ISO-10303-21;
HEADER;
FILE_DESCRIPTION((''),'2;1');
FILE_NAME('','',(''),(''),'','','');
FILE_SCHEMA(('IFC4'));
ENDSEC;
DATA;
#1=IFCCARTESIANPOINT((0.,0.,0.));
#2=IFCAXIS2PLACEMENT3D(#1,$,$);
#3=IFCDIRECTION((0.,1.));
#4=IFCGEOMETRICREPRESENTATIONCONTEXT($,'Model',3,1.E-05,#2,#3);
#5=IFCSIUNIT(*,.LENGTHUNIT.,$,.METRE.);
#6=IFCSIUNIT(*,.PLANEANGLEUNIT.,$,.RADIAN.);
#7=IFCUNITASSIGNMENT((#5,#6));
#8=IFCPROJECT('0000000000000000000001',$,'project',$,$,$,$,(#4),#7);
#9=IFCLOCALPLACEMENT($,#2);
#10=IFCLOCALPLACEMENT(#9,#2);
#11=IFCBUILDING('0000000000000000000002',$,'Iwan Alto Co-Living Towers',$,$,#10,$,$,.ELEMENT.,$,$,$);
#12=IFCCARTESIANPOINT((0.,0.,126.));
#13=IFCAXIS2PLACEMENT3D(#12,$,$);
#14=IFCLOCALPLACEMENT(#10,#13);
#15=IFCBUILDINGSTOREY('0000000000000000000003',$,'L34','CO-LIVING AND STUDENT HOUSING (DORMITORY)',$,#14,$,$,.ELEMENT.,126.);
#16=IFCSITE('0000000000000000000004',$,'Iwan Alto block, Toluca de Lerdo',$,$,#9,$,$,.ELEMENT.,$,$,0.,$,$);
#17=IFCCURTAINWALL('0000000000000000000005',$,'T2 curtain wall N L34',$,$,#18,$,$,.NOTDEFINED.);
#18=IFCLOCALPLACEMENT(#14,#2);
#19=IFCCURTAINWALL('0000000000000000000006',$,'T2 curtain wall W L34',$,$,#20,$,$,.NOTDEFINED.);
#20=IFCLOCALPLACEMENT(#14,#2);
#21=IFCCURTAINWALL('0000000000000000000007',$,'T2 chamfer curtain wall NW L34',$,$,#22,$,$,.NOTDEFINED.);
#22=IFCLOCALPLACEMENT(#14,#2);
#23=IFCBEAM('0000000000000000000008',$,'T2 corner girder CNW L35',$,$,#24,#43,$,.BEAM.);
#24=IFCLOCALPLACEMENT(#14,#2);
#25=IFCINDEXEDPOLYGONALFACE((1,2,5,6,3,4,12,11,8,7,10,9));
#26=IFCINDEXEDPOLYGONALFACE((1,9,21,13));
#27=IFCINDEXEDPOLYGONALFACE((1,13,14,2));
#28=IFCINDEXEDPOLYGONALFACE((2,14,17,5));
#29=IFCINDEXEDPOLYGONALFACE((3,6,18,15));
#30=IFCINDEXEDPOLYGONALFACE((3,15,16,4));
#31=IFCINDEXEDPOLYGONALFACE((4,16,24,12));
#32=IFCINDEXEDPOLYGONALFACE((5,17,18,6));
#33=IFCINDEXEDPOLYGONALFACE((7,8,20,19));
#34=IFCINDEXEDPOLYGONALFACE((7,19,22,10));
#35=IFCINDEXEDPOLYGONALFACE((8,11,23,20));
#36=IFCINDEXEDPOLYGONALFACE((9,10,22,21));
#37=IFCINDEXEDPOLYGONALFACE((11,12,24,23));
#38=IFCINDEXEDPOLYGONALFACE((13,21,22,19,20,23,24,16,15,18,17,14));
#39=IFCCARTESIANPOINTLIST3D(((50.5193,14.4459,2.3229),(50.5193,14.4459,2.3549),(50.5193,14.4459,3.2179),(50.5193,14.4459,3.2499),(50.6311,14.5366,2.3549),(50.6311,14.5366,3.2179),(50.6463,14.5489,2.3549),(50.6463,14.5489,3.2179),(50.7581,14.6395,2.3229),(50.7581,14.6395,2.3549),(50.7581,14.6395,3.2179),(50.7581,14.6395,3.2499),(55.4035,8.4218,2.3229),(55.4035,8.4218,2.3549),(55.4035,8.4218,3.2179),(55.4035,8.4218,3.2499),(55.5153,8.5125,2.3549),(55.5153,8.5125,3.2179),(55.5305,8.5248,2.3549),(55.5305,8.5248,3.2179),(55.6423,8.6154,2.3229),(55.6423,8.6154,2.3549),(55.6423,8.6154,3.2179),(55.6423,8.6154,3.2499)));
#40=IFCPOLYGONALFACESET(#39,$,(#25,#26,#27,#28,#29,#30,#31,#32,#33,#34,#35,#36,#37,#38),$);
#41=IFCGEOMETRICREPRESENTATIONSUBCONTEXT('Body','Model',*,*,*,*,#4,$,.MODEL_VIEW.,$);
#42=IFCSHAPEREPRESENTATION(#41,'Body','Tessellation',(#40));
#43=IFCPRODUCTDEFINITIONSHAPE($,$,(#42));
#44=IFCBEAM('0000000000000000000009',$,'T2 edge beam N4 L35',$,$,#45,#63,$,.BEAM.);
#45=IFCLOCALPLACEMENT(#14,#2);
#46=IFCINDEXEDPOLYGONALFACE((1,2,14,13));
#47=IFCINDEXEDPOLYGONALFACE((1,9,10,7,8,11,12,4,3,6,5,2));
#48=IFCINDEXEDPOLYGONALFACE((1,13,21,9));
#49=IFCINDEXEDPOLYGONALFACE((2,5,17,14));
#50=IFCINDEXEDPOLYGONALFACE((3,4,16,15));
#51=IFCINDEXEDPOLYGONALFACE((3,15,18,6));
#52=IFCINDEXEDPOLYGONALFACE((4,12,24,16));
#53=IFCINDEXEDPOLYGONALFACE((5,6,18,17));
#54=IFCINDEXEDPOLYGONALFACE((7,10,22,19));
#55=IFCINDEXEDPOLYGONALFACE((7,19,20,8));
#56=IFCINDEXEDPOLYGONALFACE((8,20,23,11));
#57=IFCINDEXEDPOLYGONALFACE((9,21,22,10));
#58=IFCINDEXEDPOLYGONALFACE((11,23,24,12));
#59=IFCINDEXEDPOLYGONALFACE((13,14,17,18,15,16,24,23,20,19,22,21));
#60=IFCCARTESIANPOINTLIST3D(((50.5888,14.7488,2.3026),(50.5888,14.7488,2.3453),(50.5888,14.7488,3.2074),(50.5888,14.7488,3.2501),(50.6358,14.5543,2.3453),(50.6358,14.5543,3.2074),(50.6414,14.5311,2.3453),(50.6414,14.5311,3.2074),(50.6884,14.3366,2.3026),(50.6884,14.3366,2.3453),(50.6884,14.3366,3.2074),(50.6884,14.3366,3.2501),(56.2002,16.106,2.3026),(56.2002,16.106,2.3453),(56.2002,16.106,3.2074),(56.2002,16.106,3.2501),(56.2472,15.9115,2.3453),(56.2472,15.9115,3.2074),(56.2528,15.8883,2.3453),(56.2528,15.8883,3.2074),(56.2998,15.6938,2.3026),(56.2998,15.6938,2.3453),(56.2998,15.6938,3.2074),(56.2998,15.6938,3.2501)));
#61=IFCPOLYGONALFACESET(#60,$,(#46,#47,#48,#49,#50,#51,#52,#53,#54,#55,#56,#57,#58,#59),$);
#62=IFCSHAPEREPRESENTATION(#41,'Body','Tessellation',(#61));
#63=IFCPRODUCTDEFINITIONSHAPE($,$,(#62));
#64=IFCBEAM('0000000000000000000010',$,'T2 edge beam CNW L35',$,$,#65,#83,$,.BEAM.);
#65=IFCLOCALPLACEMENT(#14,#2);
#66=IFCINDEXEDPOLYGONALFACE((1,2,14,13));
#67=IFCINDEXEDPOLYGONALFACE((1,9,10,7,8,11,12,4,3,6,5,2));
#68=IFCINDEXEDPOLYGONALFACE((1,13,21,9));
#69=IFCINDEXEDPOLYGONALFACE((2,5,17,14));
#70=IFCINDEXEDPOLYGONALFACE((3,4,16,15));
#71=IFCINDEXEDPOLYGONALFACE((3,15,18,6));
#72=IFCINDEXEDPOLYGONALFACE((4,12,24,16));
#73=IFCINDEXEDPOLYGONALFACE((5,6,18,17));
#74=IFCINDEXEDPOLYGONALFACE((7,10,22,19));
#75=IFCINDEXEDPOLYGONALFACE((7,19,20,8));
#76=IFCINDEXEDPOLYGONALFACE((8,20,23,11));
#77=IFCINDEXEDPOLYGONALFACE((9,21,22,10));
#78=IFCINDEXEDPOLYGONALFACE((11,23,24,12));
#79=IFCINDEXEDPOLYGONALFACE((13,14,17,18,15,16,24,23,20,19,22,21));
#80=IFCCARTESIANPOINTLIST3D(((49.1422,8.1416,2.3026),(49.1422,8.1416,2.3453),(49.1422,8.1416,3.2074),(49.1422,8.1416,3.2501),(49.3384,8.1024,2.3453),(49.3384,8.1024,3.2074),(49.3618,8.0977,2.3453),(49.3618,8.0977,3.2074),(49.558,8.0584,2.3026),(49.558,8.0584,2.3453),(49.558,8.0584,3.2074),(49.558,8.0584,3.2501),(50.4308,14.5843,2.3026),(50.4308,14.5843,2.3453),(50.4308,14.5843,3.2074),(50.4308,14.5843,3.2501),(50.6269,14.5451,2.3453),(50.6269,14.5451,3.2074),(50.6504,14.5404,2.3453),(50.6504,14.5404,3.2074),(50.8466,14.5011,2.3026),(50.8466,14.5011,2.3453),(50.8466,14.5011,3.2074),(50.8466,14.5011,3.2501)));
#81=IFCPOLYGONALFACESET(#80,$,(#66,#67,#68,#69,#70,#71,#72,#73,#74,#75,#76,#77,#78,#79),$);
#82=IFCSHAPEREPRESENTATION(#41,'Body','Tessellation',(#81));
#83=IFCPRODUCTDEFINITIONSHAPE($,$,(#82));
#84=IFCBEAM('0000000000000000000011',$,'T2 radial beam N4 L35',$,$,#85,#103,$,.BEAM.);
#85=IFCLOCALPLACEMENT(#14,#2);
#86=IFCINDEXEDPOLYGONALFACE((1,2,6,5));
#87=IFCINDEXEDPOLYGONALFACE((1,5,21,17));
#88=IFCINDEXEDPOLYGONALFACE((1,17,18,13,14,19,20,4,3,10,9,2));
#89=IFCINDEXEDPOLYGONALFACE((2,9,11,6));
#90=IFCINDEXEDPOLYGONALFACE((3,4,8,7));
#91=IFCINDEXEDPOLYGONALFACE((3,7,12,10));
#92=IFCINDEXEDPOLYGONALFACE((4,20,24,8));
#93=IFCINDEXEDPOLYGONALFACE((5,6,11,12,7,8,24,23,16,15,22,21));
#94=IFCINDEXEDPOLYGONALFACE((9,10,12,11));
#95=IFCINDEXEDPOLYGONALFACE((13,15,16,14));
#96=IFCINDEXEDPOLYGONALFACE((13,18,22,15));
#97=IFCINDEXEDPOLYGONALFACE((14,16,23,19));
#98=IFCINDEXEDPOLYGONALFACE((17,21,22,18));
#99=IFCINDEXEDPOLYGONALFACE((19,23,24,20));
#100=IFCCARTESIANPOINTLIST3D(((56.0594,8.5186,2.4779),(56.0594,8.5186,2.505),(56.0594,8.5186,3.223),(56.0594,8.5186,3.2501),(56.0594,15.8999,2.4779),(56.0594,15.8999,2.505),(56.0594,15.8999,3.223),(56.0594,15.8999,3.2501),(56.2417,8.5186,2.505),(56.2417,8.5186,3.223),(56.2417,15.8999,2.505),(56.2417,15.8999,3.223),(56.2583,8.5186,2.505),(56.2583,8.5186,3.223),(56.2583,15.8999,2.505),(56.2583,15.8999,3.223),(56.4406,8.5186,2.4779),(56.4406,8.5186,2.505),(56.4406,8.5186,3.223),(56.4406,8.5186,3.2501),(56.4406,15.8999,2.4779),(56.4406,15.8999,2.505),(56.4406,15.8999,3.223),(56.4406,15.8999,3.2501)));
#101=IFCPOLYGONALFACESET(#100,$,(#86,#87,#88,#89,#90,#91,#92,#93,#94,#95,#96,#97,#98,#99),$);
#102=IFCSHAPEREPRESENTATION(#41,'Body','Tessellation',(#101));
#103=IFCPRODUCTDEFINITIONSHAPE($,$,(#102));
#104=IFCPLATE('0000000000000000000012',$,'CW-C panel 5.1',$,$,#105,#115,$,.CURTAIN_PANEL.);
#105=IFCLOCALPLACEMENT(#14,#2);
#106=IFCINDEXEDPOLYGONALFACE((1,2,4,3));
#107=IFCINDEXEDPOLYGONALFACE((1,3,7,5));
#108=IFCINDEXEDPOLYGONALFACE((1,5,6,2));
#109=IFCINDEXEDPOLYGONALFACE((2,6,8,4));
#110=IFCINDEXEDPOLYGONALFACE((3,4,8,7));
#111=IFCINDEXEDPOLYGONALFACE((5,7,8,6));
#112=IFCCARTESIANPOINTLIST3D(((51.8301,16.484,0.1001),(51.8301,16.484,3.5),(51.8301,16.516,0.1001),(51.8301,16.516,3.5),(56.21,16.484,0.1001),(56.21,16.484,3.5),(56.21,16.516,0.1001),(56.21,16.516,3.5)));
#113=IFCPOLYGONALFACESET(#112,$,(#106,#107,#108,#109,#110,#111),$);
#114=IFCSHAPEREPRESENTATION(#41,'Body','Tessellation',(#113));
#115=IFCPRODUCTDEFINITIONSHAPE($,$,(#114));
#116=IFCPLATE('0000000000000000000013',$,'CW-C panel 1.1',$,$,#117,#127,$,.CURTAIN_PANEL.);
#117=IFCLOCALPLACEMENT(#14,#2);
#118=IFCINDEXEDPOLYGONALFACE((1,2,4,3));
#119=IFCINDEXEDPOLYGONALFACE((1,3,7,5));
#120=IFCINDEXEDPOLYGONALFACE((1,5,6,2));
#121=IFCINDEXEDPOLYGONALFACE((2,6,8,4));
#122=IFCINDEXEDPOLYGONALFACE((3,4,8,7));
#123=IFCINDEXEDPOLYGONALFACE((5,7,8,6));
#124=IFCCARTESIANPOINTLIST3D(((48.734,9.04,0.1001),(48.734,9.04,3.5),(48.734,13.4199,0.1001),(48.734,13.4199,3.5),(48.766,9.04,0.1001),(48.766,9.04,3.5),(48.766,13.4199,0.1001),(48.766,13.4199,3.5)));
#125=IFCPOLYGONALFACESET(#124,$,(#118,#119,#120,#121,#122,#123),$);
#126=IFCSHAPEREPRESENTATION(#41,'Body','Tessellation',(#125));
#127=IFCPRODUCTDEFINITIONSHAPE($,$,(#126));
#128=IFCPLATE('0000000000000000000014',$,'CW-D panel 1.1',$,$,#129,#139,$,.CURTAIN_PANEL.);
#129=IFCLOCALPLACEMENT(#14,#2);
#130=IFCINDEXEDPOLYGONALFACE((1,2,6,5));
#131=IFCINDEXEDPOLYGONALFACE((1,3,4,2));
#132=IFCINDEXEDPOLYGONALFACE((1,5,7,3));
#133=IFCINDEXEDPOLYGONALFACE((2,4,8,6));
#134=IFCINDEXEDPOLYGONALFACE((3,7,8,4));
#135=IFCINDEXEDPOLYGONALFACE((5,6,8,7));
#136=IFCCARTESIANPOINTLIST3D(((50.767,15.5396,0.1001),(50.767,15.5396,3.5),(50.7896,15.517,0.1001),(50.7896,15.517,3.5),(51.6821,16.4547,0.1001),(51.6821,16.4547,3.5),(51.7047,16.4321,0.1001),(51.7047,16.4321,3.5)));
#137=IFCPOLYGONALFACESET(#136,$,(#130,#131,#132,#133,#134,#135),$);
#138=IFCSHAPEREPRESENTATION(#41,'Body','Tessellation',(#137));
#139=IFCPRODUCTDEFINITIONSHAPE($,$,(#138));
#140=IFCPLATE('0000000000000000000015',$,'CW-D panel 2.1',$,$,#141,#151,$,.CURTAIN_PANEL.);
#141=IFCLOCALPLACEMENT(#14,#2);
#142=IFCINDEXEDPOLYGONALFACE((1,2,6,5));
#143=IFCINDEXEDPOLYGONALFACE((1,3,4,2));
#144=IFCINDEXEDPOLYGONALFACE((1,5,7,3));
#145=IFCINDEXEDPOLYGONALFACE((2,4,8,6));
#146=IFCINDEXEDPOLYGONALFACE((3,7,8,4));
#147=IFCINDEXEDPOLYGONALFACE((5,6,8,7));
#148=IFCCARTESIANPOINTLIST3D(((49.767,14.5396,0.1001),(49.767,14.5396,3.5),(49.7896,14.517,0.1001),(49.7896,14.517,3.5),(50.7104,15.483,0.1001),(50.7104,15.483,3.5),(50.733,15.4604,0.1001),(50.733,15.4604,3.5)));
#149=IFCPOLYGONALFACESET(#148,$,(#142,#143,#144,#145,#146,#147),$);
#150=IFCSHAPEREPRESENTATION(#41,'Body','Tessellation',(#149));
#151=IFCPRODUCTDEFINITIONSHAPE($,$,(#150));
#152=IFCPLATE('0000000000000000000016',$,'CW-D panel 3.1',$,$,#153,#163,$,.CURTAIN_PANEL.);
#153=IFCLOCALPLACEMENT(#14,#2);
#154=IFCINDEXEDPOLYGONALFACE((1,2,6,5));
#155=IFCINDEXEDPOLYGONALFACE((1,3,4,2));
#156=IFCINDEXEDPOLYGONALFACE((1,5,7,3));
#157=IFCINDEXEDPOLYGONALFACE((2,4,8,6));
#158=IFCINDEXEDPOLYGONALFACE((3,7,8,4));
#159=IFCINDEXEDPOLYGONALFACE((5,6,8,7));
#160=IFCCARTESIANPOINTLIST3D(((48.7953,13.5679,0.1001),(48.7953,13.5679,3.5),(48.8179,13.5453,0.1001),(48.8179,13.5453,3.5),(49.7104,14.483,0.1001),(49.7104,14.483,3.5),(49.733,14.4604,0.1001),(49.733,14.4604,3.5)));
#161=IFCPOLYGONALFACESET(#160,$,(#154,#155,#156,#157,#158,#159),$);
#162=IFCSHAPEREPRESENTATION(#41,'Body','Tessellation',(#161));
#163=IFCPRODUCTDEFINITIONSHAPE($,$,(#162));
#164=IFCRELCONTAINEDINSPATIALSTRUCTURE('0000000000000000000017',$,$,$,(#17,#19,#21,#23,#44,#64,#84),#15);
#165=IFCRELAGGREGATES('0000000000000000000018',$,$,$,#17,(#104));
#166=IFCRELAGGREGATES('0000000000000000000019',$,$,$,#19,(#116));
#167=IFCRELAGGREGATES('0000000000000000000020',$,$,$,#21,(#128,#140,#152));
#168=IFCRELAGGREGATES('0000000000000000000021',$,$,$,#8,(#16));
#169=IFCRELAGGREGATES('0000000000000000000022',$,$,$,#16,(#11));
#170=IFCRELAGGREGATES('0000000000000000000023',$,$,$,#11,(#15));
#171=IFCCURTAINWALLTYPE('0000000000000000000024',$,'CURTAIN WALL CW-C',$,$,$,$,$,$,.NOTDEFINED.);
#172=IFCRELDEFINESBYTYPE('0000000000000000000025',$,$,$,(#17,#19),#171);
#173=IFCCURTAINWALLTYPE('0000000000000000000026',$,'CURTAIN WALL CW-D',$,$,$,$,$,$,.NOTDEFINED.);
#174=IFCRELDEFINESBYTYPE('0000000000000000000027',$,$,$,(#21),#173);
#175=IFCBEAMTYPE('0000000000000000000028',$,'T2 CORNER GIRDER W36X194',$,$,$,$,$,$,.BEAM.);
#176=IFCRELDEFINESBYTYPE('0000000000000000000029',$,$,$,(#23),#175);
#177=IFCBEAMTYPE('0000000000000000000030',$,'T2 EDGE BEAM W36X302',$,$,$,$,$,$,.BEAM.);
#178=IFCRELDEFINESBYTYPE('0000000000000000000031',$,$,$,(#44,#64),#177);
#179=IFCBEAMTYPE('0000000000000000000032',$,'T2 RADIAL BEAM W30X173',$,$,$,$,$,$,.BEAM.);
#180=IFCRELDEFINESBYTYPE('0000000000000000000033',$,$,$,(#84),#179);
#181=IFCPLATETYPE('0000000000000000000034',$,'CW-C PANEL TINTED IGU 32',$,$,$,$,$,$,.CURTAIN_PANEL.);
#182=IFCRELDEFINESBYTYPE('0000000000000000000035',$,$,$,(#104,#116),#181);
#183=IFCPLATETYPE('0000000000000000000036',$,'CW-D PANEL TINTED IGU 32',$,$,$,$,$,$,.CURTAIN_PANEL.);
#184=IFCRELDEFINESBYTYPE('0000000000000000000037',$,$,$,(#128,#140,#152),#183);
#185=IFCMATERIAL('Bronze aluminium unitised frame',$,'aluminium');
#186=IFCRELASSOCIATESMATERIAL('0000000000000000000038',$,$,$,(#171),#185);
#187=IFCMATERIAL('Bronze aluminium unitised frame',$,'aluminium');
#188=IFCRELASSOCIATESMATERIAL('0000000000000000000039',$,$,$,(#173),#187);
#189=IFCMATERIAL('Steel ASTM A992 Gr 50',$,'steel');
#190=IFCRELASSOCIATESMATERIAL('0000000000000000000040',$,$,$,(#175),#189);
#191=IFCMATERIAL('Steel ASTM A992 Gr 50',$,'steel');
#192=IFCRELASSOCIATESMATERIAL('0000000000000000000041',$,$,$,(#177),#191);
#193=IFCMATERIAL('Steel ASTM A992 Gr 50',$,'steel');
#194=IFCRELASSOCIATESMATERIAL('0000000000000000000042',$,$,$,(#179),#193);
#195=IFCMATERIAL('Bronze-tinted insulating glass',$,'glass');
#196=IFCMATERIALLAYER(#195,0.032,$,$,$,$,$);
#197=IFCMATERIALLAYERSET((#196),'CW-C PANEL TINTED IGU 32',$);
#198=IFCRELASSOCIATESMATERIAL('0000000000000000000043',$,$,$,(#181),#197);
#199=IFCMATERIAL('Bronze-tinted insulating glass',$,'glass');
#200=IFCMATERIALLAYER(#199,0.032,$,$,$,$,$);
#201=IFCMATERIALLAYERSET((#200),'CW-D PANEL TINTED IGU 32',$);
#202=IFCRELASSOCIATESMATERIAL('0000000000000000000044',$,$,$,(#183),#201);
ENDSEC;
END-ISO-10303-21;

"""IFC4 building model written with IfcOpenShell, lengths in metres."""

from ifc_helpers import new_model, si_unit, direction, frame, origin, origin_2d, place, context, subcontext, project, spatial, rectangle, i_section, extrude, material, layer, layer_set, material_profile, profile_set, type_object, element, aggregate, save


model = new_model("IFC4")

# Units and contexts
model_context = context("Model", 3, precision=1e-05, world=origin(), true_north=direction((0.0, 1.0)))
body_context = subcontext(model_context, "Body", "Model", "MODEL_VIEW")
ifc_project = project(units=[si_unit("LENGTHUNIT", "METRE"), si_unit("PLANEANGLEUNIT", "RADIAN")], contexts=[model_context])

# Site, building, storey
site_placement = place(None, origin())
site = spatial("IfcSite", under=ifc_project, at=site_placement, Name="Iwan Alto block, Toluca de Lerdo", CompositionType="ELEMENT", RefElevation=0.0)
building_placement = place(site_placement, origin())
building = spatial("IfcBuilding", under=site, at=building_placement, Name="Iwan Alto Co-Living Towers", CompositionType="ELEMENT")
storey_placement = place(building_placement, frame((0.0, 0.0, 126.0)))
storey = spatial("IfcBuildingStorey", under=building, at=storey_placement, Name="L34", Description="CO-LIVING AND STUDENT HOUSING (DORMITORY)", CompositionType="ELEMENT", Elevation=126.0)

# Curtain walls
ifc_material_1 = material(Name="Bronze aluminium unitised frame", Category="aluminium")
curtain_wall_type_1 = type_object("IfcCurtainWallType", Name="CURTAIN WALL CW-C", PredefinedType="NOTDEFINED", material=ifc_material_1)
curtain_wall_1_placement = place(storey_placement, origin())
curtain_wall_1 = element("IfcCurtainWall", 1, at=curtain_wall_1_placement, inside=storey, type_object=curtain_wall_type_1, Name="T2 curtain wall N L34", PredefinedType="NOTDEFINED")
curtain_wall_2_placement = place(storey_placement, origin())
curtain_wall_2 = element("IfcCurtainWall", 2, at=curtain_wall_2_placement, inside=storey, type_object=curtain_wall_type_1, Name="T2 curtain wall W L34", PredefinedType="NOTDEFINED")

# Curtain wall
ifc_material_2 = material(Name="Bronze aluminium unitised frame", Category="aluminium")
curtain_wall_type_2 = type_object("IfcCurtainWallType", Name="CURTAIN WALL CW-D", PredefinedType="NOTDEFINED", material=ifc_material_2)
curtain_wall_3_placement = place(storey_placement, origin())
curtain_wall_3 = element("IfcCurtainWall", 3, at=curtain_wall_3_placement, inside=storey, type_object=curtain_wall_type_2, Name="T2 chamfer curtain wall NW L34", PredefinedType="NOTDEFINED")

# Beams
ifc_material_3 = material(Name="Steel ASTM A992 Gr 50", Category="steel")
ifc_material_profile_1 = material_profile(ifc_material_3, i_section(OverallWidth=0.3074, OverallDepth=0.927, WebThickness=0.0195, FlangeThickness=0.032, at=origin_2d()), Name="W36X194")
ifc_profile_set_1 = profile_set([ifc_material_profile_1], Name="Steel ASTM A992 Gr 50")
beam_type_1 = type_object("IfcBeamType", Name="T2 CORNER GIRDER W36X194", PredefinedType="BEAM", material=ifc_profile_set_1)
beam_1_placement = place(storey_placement, frame((50.6387, 14.5427, 2.7864), z_axis=(0.629788, -0.776767, 0.0), x_axis=(0.776767, 0.629788, 0.0)))
element("IfcBeam", 4, at=beam_1_placement, inside=storey, type_object=beam_type_1, Name="T2 corner girder CNW L35", PredefinedType="BEAM", context=body_context, shape_type="SweptSolid", body=[
    extrude(i_section(OverallWidth=0.3074, OverallDepth=0.927, WebThickness=0.0195, FlangeThickness=0.032, at=origin_2d()), origin(), (0.0, 0.0, 1.0), 7.7554),
])
ifc_material_4 = material(Name="Steel ASTM A992 Gr 50", Category="steel")
ifc_material_profile_2 = material_profile(ifc_material_4, i_section(OverallWidth=0.4241, OverallDepth=0.9475, WebThickness=0.0239, FlangeThickness=0.0427, at=origin_2d()), Name="W36X302")
ifc_profile_set_2 = profile_set([ifc_material_profile_2], Name="Steel ASTM A992 Gr 50")
beam_type_2 = type_object("IfcBeamType", Name="T2 EDGE BEAM W36X302", PredefinedType="BEAM", material=ifc_profile_set_2)
beam_2_placement = place(storey_placement, frame((56.25, 15.8999, 2.7764), z_axis=(-0.971975, -0.235086, 0.0), x_axis=(0.235086, -0.971975, 0.0)))
element("IfcBeam", 5, at=beam_2_placement, inside=storey, type_object=beam_type_2, Name="T2 edge beam N4 L35", PredefinedType="BEAM", context=body_context, shape_type="SweptSolid", body=[
    extrude(i_section(OverallWidth=0.4241, OverallDepth=0.9475, WebThickness=0.0239, FlangeThickness=0.0427, at=origin_2d()), origin(), (0.0, 0.0, 1.0), 5.7732),
])
beam_3_placement = place(storey_placement, frame((50.6387, 14.5427, 2.7764), z_axis=(-0.196123, -0.980579, 0.0), x_axis=(0.980579, -0.196123, 0.0)))
element("IfcBeam", 6, at=beam_3_placement, inside=storey, type_object=beam_type_2, Name="T2 edge beam CNW L35", PredefinedType="BEAM", context=body_context, shape_type="SweptSolid", body=[
    extrude(i_section(OverallWidth=0.4241, OverallDepth=0.9475, WebThickness=0.0239, FlangeThickness=0.0427, at=origin_2d()), origin(), (0.0, 0.0, 1.0), 6.5703),
])
ifc_material_5 = material(Name="Steel ASTM A992 Gr 50", Category="steel")
ifc_material_profile_3 = material_profile(ifc_material_5, i_section(OverallWidth=0.3811, OverallDepth=0.7722, WebThickness=0.0166, FlangeThickness=0.0271, at=origin_2d()), Name="W30X173")
ifc_profile_set_3 = profile_set([ifc_material_profile_3], Name="Steel ASTM A992 Gr 50")
beam_type_3 = type_object("IfcBeamType", Name="T2 RADIAL BEAM W30X173", PredefinedType="BEAM", material=ifc_profile_set_3)
beam_4_placement = place(storey_placement, frame((56.25, 15.8999, 2.864), z_axis=(0.0, -1.0, 0.0), x_axis=(1.0, 0.0, 0.0)))
element("IfcBeam", 7, at=beam_4_placement, inside=storey, type_object=beam_type_3, Name="T2 radial beam N4 L35", PredefinedType="BEAM", context=body_context, shape_type="SweptSolid", body=[
    extrude(i_section(OverallWidth=0.3811, OverallDepth=0.7722, WebThickness=0.0166, FlangeThickness=0.0271, at=origin_2d()), origin(), (0.0, 0.0, 1.0), 7.3813),
])

# Plates
ifc_material_6 = material(Name="Bronze-tinted insulating glass", Category="glass")
ifc_layer_1 = layer(ifc_material_6, 0.032)
ifc_layer_set_1 = layer_set([ifc_layer_1], Name="CW-C PANEL TINTED IGU 32")
plate_type_1 = type_object("IfcPlateType", Name="CW-C PANEL TINTED IGU 32", PredefinedType="CURTAIN_PANEL", material=ifc_layer_set_1)
plate_1_placement = place(storey_placement, frame((54.02, 16.5, 0.1001), z_axis=(0.0, 0.0, 1.0), x_axis=(-1.0, 0.0, 0.0)))
plate_1 = element("IfcPlate", 8, at=plate_1_placement, type_object=plate_type_1, Name="CW-C panel 5.1", PredefinedType="CURTAIN_PANEL", context=body_context, shape_type="SweptSolid", body=[
    extrude(rectangle(XDim=4.3799, YDim=0.032, at=origin_2d()), origin(), (0.0, 0.0, 1.0), 3.3999),
])
aggregate(curtain_wall_1, [plate_1])
plate_2_placement = place(storey_placement, frame((48.75, 11.23, 0.1001), z_axis=(0.0, 0.0, 1.0), x_axis=(0.0, -1.0, 0.0)))
plate_2 = element("IfcPlate", 9, at=plate_2_placement, type_object=plate_type_1, Name="CW-C panel 1.1", PredefinedType="CURTAIN_PANEL", context=body_context, shape_type="SweptSolid", body=[
    extrude(rectangle(XDim=4.3799, YDim=0.032, at=origin_2d()), origin(), (0.0, 0.0, 1.0), 3.3999),
])
aggregate(curtain_wall_2, [plate_2])
ifc_material_7 = material(Name="Bronze-tinted insulating glass", Category="glass")
ifc_layer_2 = layer(ifc_material_7, 0.032)
ifc_layer_set_2 = layer_set([ifc_layer_2], Name="CW-D PANEL TINTED IGU 32")
plate_type_2 = type_object("IfcPlateType", Name="CW-D PANEL TINTED IGU 32", PredefinedType="CURTAIN_PANEL", material=ifc_layer_set_2)
plate_3_placement = place(storey_placement, frame((51.2358, 15.9858, 0.1001), z_axis=(0.0, 0.0, 1.0), x_axis=(-0.707107, -0.707107, 0.0)))
plate_3 = element("IfcPlate", 10, at=plate_3_placement, type_object=plate_type_2, Name="CW-D panel 1.1", PredefinedType="CURTAIN_PANEL", context=body_context, shape_type="SweptSolid", body=[
    extrude(rectangle(XDim=1.2942, YDim=0.032, at=origin_2d()), origin(), (0.0, 0.0, 1.0), 3.3999),
])
plate_4_placement = place(storey_placement, frame((50.25, 15.0, 0.1001), z_axis=(0.0, 0.0, 1.0), x_axis=(-0.707107, -0.707107, 0.0)))
plate_4 = element("IfcPlate", 11, at=plate_4_placement, type_object=plate_type_2, Name="CW-D panel 2.1", PredefinedType="CURTAIN_PANEL", context=body_context, shape_type="SweptSolid", body=[
    extrude(rectangle(XDim=1.3342, YDim=0.032, at=origin_2d()), origin(), (0.0, 0.0, 1.0), 3.3999),
])
plate_5_placement = place(storey_placement, frame((49.2642, 14.0142, 0.1001), z_axis=(0.0, 0.0, 1.0), x_axis=(-0.707107, -0.707107, 0.0)))
plate_5 = element("IfcPlate", 12, at=plate_5_placement, type_object=plate_type_2, Name="CW-D panel 3.1", PredefinedType="CURTAIN_PANEL", context=body_context, shape_type="SweptSolid", body=[
    extrude(rectangle(XDim=1.2942, YDim=0.032, at=origin_2d()), origin(), (0.0, 0.0, 1.0), 3.3999),
])
aggregate(curtain_wall_3, [plate_3, plate_4, plate_5])

save(model, "model.ifc")
